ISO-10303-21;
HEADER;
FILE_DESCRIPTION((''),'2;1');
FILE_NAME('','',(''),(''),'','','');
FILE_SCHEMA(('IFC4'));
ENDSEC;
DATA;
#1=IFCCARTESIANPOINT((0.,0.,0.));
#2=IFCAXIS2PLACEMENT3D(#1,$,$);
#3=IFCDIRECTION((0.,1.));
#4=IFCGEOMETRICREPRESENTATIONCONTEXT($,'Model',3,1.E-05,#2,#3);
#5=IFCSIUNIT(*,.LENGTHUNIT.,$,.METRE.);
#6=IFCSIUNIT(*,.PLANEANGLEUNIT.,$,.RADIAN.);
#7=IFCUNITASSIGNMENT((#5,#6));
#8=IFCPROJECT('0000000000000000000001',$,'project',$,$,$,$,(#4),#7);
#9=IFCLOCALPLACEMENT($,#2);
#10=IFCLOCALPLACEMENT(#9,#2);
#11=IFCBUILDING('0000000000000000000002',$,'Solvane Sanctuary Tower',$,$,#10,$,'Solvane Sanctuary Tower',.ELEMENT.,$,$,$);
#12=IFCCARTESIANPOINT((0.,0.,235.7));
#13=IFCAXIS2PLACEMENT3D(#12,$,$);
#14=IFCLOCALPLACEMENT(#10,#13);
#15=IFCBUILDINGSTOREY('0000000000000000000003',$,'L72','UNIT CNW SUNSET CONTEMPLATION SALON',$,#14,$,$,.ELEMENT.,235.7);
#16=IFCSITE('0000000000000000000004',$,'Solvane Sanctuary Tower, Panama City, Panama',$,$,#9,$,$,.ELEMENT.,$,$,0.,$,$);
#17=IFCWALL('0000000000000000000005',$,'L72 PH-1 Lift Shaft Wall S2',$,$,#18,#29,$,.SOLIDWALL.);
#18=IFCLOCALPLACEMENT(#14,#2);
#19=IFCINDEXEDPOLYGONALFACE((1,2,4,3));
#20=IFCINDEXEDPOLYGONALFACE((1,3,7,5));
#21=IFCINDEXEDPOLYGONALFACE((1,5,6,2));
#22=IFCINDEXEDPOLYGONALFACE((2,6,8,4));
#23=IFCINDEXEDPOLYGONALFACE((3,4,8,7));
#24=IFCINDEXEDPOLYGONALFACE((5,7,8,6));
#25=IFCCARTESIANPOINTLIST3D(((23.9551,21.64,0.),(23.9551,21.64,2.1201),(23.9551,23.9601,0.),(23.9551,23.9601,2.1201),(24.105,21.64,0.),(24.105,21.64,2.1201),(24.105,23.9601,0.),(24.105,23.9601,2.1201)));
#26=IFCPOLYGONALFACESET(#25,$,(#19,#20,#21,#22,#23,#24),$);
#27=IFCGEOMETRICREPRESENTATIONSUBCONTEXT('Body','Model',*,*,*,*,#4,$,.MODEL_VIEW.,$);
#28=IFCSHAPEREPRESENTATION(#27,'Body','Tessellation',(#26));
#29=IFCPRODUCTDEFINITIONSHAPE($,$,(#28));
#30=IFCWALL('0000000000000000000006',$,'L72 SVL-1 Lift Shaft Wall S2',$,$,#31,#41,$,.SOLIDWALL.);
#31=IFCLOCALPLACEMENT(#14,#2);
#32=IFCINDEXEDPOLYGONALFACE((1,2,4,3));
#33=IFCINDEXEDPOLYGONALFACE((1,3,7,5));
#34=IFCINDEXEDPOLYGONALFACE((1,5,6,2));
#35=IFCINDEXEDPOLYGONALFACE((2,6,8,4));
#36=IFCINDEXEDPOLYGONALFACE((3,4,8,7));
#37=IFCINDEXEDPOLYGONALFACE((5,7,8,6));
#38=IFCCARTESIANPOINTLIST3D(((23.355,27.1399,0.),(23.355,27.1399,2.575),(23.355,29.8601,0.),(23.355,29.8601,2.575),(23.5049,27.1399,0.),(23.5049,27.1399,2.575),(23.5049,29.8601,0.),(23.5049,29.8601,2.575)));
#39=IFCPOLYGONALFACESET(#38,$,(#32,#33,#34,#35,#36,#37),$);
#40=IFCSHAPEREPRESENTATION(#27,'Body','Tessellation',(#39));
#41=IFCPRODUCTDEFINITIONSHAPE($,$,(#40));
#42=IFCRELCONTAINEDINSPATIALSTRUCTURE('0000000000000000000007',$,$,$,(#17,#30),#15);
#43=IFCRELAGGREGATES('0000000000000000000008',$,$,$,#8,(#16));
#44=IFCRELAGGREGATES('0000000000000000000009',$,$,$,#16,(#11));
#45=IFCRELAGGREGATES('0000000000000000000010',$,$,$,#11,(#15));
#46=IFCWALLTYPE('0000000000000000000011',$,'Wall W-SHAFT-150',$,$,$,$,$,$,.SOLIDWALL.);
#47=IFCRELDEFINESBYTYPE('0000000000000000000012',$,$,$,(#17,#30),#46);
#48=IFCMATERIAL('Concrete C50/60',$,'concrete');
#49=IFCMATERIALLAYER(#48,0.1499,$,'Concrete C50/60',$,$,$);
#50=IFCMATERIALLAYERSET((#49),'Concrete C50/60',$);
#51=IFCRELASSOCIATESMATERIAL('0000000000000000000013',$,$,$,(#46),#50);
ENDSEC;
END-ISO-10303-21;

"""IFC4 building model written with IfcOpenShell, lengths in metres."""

from ifc_helpers import new_model, si_unit, direction, frame, frame_2d, origin, place, context, subcontext, project, spatial, rectangle, extrude, material, layer, layer_set, type_object, element, save


model = new_model("IFC4")

# Units and contexts
model_context = context("Model", 3, precision=1e-05, world=origin(), true_north=direction((0.0, 1.0)))
body_context = subcontext(model_context, "Body", "Model", "MODEL_VIEW")
ifc_project = project(units=[si_unit("LENGTHUNIT", "METRE"), si_unit("PLANEANGLEUNIT", "RADIAN")], contexts=[model_context])

# Site, building, storey
site_placement = place(None, origin())
site = spatial("IfcSite", under=ifc_project, at=site_placement, Name="Solvane Sanctuary Tower, Panama City, Panama", CompositionType="ELEMENT", RefElevation=0.0)
building_placement = place(site_placement, origin())
building = spatial("IfcBuilding", under=site, at=building_placement, Name="Solvane Sanctuary Tower", LongName="Solvane Sanctuary Tower", CompositionType="ELEMENT")
storey_placement = place(building_placement, frame((0.0, 0.0, 235.7)))
storey = spatial("IfcBuildingStorey", under=building, at=storey_placement, Name="L72", Description="UNIT CNW SUNSET CONTEMPLATION SALON", CompositionType="ELEMENT", Elevation=235.7)

# Shared definitions
ifc_material_1 = material(Name="Concrete C50/60", Category="concrete")

# Walls
ifc_layer_1 = layer(ifc_material_1, 0.1499, Name="Concrete C50/60")
ifc_layer_set_1 = layer_set([ifc_layer_1], Name="Concrete C50/60")
wall_type_1 = type_object("IfcWallType", Name="Wall W-SHAFT-150", PredefinedType="SOLIDWALL", material=ifc_layer_set_1)
wall_1_placement = place(storey_placement, frame((24.03, 21.6399, 0.0), z_axis=(0.0, 0.0, 1.0), x_axis=(0.0, 1.0, 0.0)))
element("IfcWall", 1, at=wall_1_placement, inside=storey, type_object=wall_type_1, Name="L72 PH-1 Lift Shaft Wall S2", PredefinedType="SOLIDWALL", context=body_context, shape_type="SweptSolid", body=[
    extrude(rectangle(XDim=2.3201, YDim=0.1499, at=frame_2d((1.1602, 0.0))), origin(), (0.0, 0.0, 1.0), 2.1201),
])
wall_2_placement = place(storey_placement, frame((23.4299, 27.1399, 0.0), z_axis=(0.0, 0.0, 1.0), x_axis=(0.0, 1.0, 0.0)))
element("IfcWall", 2, at=wall_2_placement, inside=storey, type_object=wall_type_1, Name="L72 SVL-1 Lift Shaft Wall S2", PredefinedType="SOLIDWALL", context=body_context, shape_type="SweptSolid", body=[
    extrude(rectangle(XDim=2.7202, YDim=0.1499, at=frame_2d((1.3601, 0.0))), origin(), (0.0, 0.0, 1.0), 2.575),
])

save(model, "model.ifc")
